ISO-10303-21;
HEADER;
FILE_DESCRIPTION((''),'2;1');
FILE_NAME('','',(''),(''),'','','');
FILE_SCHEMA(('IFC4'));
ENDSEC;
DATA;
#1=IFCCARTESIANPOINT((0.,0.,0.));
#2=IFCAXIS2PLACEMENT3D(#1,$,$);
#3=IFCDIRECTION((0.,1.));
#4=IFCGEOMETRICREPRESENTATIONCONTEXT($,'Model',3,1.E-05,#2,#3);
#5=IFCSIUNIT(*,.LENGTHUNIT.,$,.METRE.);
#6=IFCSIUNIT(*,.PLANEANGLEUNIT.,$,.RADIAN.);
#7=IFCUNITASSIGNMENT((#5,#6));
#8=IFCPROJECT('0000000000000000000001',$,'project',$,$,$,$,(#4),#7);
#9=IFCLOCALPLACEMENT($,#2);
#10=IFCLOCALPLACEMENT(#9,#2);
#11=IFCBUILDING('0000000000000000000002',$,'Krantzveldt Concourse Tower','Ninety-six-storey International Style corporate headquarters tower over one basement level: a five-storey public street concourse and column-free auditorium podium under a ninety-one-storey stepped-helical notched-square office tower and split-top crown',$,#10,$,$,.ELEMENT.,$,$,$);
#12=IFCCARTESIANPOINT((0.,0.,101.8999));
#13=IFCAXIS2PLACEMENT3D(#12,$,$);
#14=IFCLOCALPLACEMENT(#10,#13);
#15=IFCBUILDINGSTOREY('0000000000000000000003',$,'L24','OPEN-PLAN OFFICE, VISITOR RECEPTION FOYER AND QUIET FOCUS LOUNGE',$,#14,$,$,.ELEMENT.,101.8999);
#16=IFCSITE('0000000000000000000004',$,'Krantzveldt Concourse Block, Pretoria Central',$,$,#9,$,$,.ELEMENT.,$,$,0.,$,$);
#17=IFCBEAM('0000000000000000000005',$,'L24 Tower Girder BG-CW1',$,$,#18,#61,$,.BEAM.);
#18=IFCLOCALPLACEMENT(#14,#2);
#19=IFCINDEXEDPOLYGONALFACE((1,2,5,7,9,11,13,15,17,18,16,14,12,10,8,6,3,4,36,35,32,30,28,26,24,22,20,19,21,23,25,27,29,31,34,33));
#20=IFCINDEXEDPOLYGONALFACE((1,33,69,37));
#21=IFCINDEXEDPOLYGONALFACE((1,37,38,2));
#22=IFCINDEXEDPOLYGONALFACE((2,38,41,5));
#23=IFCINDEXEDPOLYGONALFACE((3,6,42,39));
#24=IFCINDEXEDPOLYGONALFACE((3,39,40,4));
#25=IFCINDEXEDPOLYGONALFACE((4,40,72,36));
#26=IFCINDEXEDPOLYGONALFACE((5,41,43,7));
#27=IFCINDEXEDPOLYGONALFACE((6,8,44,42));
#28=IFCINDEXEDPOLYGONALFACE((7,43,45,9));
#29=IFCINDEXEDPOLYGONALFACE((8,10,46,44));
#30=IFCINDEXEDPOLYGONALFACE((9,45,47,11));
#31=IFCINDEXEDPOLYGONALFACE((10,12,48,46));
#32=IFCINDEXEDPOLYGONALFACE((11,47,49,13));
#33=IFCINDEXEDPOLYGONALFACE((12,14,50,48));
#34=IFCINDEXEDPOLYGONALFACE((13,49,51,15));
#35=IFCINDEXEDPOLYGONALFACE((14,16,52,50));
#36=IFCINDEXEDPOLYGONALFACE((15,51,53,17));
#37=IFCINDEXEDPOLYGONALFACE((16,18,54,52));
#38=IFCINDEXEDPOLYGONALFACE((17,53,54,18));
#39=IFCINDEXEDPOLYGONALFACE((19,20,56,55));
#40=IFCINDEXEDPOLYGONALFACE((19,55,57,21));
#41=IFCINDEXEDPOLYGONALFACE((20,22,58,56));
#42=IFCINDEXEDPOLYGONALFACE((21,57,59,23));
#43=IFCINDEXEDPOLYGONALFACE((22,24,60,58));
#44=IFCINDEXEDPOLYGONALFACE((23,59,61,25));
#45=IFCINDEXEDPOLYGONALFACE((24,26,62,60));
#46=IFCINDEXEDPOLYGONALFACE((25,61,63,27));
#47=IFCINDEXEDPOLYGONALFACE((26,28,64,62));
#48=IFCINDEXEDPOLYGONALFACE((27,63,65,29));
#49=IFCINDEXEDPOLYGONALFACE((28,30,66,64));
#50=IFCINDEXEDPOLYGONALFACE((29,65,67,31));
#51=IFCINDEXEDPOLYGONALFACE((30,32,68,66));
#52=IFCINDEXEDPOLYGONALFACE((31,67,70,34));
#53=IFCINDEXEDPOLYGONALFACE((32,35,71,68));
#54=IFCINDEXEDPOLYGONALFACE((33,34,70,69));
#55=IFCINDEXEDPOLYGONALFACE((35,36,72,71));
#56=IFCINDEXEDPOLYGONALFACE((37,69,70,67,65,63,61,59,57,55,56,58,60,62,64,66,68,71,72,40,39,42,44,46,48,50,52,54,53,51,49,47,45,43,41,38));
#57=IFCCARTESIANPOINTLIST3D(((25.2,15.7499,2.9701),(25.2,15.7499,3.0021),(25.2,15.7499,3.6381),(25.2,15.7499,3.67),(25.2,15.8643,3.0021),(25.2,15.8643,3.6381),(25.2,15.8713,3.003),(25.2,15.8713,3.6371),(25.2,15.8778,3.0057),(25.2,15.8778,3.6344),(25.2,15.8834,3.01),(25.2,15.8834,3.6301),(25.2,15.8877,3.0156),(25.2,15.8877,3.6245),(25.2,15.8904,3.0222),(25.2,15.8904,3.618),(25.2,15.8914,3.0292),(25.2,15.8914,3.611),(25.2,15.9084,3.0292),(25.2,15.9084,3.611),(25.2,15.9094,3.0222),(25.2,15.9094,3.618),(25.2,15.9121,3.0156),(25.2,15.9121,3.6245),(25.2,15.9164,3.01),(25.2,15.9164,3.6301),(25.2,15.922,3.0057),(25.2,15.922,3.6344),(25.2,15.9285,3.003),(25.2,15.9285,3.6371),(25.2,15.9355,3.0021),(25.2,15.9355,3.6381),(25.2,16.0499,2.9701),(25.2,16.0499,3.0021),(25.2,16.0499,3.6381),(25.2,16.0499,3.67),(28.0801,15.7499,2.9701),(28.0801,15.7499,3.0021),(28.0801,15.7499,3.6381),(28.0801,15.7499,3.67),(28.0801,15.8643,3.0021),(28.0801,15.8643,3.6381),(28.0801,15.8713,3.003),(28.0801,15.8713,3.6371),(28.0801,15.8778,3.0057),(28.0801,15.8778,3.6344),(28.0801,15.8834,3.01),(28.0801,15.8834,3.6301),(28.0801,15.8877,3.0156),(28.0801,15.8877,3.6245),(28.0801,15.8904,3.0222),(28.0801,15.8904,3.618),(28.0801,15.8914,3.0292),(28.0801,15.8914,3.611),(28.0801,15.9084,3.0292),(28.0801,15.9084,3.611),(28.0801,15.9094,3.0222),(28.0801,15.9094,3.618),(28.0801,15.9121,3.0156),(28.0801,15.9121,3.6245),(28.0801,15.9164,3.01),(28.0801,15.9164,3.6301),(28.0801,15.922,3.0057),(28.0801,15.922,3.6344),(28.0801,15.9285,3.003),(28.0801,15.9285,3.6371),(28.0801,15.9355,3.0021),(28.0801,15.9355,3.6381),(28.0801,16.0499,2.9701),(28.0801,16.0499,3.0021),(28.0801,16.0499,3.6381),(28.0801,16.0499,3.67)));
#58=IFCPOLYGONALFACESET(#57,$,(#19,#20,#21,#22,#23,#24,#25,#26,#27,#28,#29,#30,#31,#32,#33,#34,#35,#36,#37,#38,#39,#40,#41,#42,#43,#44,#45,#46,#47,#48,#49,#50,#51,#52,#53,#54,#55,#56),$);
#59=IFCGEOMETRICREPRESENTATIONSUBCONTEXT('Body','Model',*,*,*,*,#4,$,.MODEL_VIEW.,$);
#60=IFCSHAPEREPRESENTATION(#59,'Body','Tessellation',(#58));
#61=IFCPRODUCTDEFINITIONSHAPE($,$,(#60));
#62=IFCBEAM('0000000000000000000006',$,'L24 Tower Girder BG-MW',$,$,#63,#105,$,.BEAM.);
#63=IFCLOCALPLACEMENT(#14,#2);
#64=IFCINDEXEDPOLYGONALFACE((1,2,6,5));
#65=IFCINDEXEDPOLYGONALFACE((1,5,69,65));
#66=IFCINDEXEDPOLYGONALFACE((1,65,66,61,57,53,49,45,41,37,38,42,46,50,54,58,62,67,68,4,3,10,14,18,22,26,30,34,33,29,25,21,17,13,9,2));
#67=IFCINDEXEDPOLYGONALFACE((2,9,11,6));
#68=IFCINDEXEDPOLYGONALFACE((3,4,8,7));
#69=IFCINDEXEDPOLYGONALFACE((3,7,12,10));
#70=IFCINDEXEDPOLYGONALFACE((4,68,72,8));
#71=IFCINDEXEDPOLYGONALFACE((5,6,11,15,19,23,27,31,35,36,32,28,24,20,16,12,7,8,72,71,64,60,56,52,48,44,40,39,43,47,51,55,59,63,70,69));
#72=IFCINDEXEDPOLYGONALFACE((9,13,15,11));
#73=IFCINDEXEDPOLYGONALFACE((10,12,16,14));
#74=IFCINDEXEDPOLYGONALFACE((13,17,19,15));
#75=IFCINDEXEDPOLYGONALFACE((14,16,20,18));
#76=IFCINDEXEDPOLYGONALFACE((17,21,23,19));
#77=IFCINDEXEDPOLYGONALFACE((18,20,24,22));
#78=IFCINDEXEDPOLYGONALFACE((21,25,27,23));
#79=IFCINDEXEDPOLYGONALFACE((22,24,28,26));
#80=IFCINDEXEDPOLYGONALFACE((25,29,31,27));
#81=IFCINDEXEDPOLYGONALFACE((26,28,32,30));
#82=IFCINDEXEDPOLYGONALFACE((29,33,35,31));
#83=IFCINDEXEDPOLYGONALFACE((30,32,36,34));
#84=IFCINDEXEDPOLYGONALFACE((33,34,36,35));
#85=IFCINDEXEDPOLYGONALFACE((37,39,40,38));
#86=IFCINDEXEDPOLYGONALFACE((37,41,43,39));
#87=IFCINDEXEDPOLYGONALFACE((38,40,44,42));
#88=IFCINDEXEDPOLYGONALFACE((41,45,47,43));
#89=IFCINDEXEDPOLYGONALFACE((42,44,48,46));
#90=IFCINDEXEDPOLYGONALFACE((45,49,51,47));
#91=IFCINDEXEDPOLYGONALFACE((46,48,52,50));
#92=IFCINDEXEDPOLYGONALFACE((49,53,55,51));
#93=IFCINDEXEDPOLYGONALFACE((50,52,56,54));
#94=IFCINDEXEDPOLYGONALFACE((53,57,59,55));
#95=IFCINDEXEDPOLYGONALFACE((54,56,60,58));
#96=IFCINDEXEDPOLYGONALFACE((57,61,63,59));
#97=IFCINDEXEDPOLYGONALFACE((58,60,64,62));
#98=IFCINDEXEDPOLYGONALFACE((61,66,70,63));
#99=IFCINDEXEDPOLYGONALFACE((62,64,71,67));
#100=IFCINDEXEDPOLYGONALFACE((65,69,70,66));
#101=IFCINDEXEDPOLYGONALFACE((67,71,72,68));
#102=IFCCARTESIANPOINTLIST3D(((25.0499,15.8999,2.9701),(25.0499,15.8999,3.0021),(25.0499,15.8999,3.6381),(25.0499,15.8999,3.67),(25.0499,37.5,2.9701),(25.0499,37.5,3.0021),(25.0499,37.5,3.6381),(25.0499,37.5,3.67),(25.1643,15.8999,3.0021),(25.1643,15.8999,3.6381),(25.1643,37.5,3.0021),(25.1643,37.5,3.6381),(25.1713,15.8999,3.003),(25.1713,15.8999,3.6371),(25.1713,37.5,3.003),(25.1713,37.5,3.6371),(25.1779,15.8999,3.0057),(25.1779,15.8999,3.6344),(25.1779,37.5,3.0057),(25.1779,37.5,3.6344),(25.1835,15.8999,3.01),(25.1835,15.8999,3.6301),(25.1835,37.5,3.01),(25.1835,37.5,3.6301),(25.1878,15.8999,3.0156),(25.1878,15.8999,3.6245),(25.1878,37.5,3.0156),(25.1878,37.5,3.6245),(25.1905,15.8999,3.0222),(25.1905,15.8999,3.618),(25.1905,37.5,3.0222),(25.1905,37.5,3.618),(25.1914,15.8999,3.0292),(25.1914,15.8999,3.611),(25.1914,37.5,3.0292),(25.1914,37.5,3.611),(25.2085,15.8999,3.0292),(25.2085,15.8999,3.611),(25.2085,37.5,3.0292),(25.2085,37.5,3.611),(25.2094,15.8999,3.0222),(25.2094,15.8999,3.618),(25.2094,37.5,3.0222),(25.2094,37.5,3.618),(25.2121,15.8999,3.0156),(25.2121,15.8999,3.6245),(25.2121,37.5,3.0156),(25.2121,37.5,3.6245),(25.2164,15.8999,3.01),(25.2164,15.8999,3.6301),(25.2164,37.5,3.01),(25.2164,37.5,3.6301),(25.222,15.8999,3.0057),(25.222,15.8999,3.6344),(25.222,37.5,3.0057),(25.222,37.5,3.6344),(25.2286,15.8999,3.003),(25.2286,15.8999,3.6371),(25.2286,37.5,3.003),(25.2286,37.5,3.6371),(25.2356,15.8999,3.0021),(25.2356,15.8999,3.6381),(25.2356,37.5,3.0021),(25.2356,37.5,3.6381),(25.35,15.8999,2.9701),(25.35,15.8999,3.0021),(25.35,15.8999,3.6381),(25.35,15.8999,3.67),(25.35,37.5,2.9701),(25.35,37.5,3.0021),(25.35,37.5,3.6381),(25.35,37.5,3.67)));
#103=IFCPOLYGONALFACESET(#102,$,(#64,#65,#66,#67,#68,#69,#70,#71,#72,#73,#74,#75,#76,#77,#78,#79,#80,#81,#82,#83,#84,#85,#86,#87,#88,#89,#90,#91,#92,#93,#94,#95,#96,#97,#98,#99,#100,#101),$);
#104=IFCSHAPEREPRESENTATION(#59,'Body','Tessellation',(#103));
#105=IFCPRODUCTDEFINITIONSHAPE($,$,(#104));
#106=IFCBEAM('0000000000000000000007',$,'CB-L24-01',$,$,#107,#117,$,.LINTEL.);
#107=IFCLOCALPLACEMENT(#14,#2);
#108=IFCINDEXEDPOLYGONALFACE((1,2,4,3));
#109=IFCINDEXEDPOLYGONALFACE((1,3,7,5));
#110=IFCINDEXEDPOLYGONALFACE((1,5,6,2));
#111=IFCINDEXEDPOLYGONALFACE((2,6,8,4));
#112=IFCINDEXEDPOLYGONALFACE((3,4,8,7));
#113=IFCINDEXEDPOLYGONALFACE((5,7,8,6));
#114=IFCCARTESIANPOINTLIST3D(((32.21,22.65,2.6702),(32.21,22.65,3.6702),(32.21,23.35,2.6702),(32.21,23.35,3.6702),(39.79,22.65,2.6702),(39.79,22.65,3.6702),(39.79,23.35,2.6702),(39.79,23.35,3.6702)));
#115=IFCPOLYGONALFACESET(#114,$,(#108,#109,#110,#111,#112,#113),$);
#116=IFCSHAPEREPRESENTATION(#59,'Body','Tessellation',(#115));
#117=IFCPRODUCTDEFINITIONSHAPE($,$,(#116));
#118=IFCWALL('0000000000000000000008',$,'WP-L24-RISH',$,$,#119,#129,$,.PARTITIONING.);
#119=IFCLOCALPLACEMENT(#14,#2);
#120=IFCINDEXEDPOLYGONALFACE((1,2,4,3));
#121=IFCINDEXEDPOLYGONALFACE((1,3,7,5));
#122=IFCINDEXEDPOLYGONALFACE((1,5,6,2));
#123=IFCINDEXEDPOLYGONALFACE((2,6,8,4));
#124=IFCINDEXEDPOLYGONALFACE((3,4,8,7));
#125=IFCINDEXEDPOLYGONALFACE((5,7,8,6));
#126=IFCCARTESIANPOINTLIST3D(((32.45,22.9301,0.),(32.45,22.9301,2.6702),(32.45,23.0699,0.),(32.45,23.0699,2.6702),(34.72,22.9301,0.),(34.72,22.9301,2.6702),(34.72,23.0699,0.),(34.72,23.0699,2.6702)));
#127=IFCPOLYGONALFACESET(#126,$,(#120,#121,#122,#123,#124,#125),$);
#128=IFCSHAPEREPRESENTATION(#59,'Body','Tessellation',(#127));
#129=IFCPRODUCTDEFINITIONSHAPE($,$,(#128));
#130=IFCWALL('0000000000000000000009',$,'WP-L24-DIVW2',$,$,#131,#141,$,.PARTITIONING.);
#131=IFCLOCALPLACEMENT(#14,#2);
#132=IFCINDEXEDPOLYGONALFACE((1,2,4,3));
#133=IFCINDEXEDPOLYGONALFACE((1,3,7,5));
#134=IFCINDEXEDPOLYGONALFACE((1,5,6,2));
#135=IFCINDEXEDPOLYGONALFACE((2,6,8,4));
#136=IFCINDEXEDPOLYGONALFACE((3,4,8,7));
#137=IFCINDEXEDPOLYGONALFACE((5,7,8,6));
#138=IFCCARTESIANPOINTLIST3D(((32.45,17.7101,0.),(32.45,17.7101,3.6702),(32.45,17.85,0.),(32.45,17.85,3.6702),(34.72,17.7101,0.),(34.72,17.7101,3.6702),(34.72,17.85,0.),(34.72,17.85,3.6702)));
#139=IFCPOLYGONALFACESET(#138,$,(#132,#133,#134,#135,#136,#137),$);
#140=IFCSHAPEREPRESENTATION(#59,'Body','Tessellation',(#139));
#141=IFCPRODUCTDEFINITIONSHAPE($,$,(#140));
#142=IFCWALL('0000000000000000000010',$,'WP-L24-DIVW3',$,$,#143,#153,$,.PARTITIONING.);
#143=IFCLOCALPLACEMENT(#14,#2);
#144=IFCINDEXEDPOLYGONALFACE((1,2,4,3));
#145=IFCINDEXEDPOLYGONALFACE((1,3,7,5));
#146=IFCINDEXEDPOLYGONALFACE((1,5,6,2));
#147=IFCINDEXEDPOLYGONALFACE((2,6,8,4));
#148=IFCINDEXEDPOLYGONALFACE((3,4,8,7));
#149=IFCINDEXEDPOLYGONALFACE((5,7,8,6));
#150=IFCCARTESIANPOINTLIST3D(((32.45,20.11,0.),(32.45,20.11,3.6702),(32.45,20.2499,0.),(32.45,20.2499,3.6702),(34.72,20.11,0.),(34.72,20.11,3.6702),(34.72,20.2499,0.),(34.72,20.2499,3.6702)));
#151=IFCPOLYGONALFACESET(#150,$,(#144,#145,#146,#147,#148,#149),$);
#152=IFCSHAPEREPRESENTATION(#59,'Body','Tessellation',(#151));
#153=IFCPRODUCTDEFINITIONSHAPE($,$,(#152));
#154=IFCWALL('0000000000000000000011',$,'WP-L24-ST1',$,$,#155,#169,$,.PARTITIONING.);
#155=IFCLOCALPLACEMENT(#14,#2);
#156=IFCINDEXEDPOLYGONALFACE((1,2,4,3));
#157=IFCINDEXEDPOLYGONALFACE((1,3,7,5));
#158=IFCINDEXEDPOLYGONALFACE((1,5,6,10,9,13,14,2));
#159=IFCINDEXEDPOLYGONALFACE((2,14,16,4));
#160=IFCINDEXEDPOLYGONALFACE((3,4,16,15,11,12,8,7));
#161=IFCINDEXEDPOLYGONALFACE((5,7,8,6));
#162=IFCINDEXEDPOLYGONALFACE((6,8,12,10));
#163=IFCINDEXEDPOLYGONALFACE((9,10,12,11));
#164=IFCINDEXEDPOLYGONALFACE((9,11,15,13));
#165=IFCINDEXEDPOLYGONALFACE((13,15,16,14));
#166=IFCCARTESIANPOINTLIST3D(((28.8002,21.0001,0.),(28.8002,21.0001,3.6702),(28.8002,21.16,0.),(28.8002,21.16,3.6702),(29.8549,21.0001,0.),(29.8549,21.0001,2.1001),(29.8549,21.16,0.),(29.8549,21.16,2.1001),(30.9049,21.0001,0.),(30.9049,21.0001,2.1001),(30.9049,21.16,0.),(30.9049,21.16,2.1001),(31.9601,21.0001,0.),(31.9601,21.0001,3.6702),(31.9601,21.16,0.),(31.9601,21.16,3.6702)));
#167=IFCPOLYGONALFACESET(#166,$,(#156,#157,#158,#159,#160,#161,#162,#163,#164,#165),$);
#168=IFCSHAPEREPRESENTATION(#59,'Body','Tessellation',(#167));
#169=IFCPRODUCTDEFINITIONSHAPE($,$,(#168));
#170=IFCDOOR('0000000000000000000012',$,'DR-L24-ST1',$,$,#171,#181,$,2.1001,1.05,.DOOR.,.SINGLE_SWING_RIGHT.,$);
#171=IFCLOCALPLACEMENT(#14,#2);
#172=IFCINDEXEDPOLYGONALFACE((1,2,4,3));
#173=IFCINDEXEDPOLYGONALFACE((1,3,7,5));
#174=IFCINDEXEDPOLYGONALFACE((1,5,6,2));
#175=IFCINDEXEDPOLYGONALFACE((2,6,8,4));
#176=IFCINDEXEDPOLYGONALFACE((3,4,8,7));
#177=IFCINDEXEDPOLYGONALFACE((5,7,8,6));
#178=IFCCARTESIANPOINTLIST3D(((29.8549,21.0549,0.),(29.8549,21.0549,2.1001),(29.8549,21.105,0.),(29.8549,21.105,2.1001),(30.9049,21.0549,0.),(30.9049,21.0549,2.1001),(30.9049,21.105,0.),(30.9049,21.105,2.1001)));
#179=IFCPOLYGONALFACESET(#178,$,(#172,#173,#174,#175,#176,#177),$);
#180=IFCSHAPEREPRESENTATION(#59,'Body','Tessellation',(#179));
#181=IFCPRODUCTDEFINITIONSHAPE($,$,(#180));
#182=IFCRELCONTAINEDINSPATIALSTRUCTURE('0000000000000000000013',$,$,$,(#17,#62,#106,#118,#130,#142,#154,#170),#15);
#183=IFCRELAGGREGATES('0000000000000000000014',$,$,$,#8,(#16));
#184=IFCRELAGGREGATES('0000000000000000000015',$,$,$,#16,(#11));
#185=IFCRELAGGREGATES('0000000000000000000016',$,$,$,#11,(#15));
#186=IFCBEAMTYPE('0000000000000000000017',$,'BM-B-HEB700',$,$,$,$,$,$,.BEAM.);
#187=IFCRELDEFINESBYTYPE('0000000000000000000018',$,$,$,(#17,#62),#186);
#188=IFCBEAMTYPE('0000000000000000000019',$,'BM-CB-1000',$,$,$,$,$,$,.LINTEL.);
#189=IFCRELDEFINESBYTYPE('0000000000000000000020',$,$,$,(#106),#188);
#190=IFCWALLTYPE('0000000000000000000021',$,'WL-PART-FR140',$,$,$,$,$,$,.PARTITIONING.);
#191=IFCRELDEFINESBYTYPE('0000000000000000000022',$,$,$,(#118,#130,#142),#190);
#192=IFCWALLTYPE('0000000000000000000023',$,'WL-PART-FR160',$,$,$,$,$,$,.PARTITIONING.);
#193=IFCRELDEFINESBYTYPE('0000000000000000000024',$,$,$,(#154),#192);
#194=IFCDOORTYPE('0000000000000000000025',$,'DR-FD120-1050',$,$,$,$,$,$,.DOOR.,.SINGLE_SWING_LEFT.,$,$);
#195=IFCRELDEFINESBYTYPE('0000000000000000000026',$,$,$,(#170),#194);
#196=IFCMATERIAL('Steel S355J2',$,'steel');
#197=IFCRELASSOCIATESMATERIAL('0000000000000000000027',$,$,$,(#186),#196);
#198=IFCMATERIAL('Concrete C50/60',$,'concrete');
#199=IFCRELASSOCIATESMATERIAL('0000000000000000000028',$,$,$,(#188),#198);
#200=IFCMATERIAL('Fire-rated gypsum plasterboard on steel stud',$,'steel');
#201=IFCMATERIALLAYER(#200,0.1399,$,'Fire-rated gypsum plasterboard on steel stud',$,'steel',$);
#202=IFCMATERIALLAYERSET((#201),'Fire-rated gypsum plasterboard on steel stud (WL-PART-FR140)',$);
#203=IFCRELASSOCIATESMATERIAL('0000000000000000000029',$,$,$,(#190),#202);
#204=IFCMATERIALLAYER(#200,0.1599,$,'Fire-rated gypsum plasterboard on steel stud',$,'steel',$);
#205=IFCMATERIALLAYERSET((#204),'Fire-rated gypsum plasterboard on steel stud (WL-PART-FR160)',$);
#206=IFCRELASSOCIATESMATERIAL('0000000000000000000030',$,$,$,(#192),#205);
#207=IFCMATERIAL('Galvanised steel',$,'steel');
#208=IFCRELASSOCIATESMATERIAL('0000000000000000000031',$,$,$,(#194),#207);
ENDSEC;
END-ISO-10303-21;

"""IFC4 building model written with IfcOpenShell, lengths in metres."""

from ifc_helpers import new_model, si_unit, direction, frame, frame_2d, origin, origin_2d, place, context, subcontext, project, spatial, rectangle, i_section, extrude, source, transform, mapped, material, layer, layer_set, material_profile, profile_set, type_object, type_shapes, element, fill, save


model = new_model("IFC4")

# Units and contexts
model_context = context("Model", 3, precision=1e-05, world=origin(), true_north=direction((0.0, 1.0)))
body_context = subcontext(model_context, "Body", "Model", "MODEL_VIEW")
ifc_project = project(units=[si_unit("LENGTHUNIT", "METRE"), si_unit("PLANEANGLEUNIT", "RADIAN")], contexts=[model_context])

# Site, building, storey
site_placement = place(None, origin())
site = spatial("IfcSite", under=ifc_project, at=site_placement, Name="Krantzveldt Concourse Block, Pretoria Central", CompositionType="ELEMENT", RefElevation=0.0)
building_placement = place(site_placement, origin())
building = spatial("IfcBuilding", under=site, at=building_placement, Name="Krantzveldt Concourse Tower", Description="Ninety-six-storey International Style corporate headquarters tower over one basement level: a five-storey public street concourse and column-free auditorium podium under a ninety-one-storey stepped-helical notched-square office tower and split-top crown", CompositionType="ELEMENT")
storey_placement = place(building_placement, frame((0.0, 0.0, 101.8999)))
storey = spatial("IfcBuildingStorey", under=building, at=storey_placement, Name="L24", Description="OPEN-PLAN OFFICE, VISITOR RECEPTION FOYER AND QUIET FOCUS LOUNGE", CompositionType="ELEMENT", Elevation=101.8999)

# Beams
ifc_material_1 = material(Name="Steel S355J2", Category="steel")
ifc_material_profile_1 = material_profile(ifc_material_1, i_section(OverallWidth=0.3, OverallDepth=0.7, WebThickness=0.0171, FlangeThickness=0.032, FilletRadius=0.0271, at=origin_2d()), Name="Steel S355J2", Category="steel")
ifc_profile_set_1 = profile_set([ifc_material_profile_1], Name="Steel S355J2 - HEB 700")
beam_type_1 = type_object("IfcBeamType", Name="BM-B-HEB700", PredefinedType="BEAM", material=ifc_profile_set_1)
shared_shape_1 = source(origin(), body_context, "Body", "SweptSolid", [
    extrude(i_section(OverallWidth=0.3, OverallDepth=0.7, WebThickness=0.0171, FlangeThickness=0.032, FilletRadius=0.0271, at=origin_2d()), origin(), (0.0, 0.0, 1.0), 2.8801),
])
beam_1_placement = place(storey_placement, frame((25.2, 15.8999, 3.3201), z_axis=(1.0, 0.0, 0.0), x_axis=(0.0, 1.0, 0.0)))
element("IfcBeam", 1, at=beam_1_placement, inside=storey, type_object=beam_type_1, Name="L24 Tower Girder BG-CW1", PredefinedType="BEAM", context=body_context, shape_type="MappedRepresentation", body=[
    mapped(shared_shape_1, transform((0.0, 0.0, 0.0), x_axis=(1.0, 0.0, 0.0), y_axis=(0.0, 1.0, 0.0), z_axis=(0.0, 0.0, 1.0), scale=1.0)),
])
shared_shape_2 = source(origin(), body_context, "Body", "SweptSolid", [
    extrude(i_section(OverallWidth=0.3, OverallDepth=0.7, WebThickness=0.0171, FlangeThickness=0.032, FilletRadius=0.0271, at=origin_2d()), origin(), (0.0, 0.0, 1.0), 21.6001),
])
type_shapes(beam_type_1, [shared_shape_1, shared_shape_2])
beam_2_placement = place(storey_placement, frame((25.2, 15.8999, 3.3201), z_axis=(0.0, 1.0, 0.0), x_axis=(-1.0, 0.0, 0.0)))
element("IfcBeam", 2, at=beam_2_placement, inside=storey, type_object=beam_type_1, Name="L24 Tower Girder BG-MW", PredefinedType="BEAM", context=body_context, shape_type="MappedRepresentation", body=[
    mapped(shared_shape_2, transform((0.0, 0.0, 0.0), x_axis=(1.0, 0.0, 0.0), y_axis=(0.0, 1.0, 0.0), z_axis=(0.0, 0.0, 1.0), scale=1.0)),
])
ifc_material_2 = material(Name="Concrete C50/60", Category="concrete")
ifc_material_profile_2 = material_profile(ifc_material_2, rectangle(XDim=0.7, YDim=1.0, at=origin_2d()), Name="Concrete C50/60", Category="concrete")
ifc_profile_set_2 = profile_set([ifc_material_profile_2], Name="Concrete C50/60 - RC-CB 700x1000")
beam_type_2 = type_object("IfcBeamType", Name="BM-CB-1000", PredefinedType="LINTEL", material=ifc_profile_set_2)
shared_shape_3 = source(origin(), body_context, "Body", "SweptSolid", [
    extrude(rectangle(XDim=0.7, YDim=1.0, at=origin_2d()), origin(), (0.0, 0.0, 1.0), 7.5801),
])
type_shapes(beam_type_2, [shared_shape_3])
beam_3_placement = place(storey_placement, frame((32.21, 23.0, 3.1702), z_axis=(1.0, 0.0, 0.0), x_axis=(0.0, 1.0, 0.0)))
element("IfcBeam", 3, at=beam_3_placement, inside=storey, type_object=beam_type_2, Name="CB-L24-01", PredefinedType="LINTEL", context=body_context, shape_type="MappedRepresentation", body=[
    mapped(shared_shape_3, transform((0.0, 0.0, 0.0), x_axis=(1.0, 0.0, 0.0), y_axis=(0.0, 1.0, 0.0), z_axis=(0.0, 0.0, 1.0), scale=1.0)),
])

# Walls
ifc_material_3 = material(Name="Fire-rated gypsum plasterboard on steel stud", Category="steel")
ifc_layer_1 = layer(ifc_material_3, 0.1399, Name="Fire-rated gypsum plasterboard on steel stud", Category="steel")
ifc_layer_set_1 = layer_set([ifc_layer_1], Name="Fire-rated gypsum plasterboard on steel stud (WL-PART-FR140)")
wall_type_1 = type_object("IfcWallType", Name="WL-PART-FR140", PredefinedType="PARTITIONING", material=ifc_layer_set_1)
wall_1_placement = place(storey_placement, frame((32.45, 23.0, 0.0), z_axis=(0.0, 0.0, 1.0), x_axis=(1.0, 0.0, 0.0)))
element("IfcWall", 4, at=wall_1_placement, inside=storey, type_object=wall_type_1, Name="WP-L24-RISH", PredefinedType="PARTITIONING", context=body_context, shape_type="SweptSolid", body=[
    extrude(rectangle(XDim=2.27, YDim=0.1399, at=frame_2d((1.135, 0.0))), origin(), (0.0, 0.0, 1.0), 2.6702),
])
for number, where, z_axis, x_axis, name in (
    (5, (32.45, 17.78, 0.0), (0.0, 0.0, 1.0), (1.0, 0.0, 0.0), "WP-L24-DIVW2"),
    (6, (32.45, 20.1799, 0.0), (0.0, 0.0, 1.0), (1.0, 0.0, 0.0), "WP-L24-DIVW3"),
):
    element("IfcWall", number, at=place(storey_placement, frame(where, z_axis=z_axis, x_axis=x_axis)), inside=storey, type_object=wall_type_1, Name=name, PredefinedType="PARTITIONING", context=body_context, shape_type="SweptSolid", body=[
        extrude(rectangle(XDim=2.27, YDim=0.1399, at=frame_2d((1.135, 0.0))), origin(), (0.0, 0.0, 1.0), 3.6702),
    ])

# Wall, opening, door
ifc_layer_2 = layer(ifc_material_3, 0.1599, Name="Fire-rated gypsum plasterboard on steel stud", Category="steel")
ifc_layer_set_2 = layer_set([ifc_layer_2], Name="Fire-rated gypsum plasterboard on steel stud (WL-PART-FR160)")
wall_type_2 = type_object("IfcWallType", Name="WL-PART-FR160", PredefinedType="PARTITIONING", material=ifc_layer_set_2)
wall_2_placement = place(storey_placement, frame((28.8, 21.0801, 0.0), z_axis=(0.0, 0.0, 1.0), x_axis=(1.0, 0.0, 0.0)))
wall_2 = element("IfcWall", 7, at=wall_2_placement, inside=storey, type_object=wall_type_2, Name="WP-L24-ST1", PredefinedType="PARTITIONING", context=body_context, shape_type="SweptSolid", body=[
    extrude(rectangle(XDim=3.1599, YDim=0.1599, at=frame_2d((1.5801, 0.0))), origin(), (0.0, 0.0, 1.0), 3.6702),
])
opening_placement = place(wall_2_placement, frame((1.0549, 0.0, 0.0)))
opening = element("IfcOpeningElement", 8, at=opening_placement, cuts=wall_2, PredefinedType="OPENING", context=body_context, shape_type="SweptSolid", body=[
    extrude(rectangle(XDim=1.05, YDim=2.1001, at=frame_2d((0.5249, 1.05))), frame((0.0, 0.0898, 0.0), z_axis=(0.0, -1.0, 0.0), x_axis=(1.0, 0.0, 0.0)), (0.0, 0.0, 1.0), 0.1799),
])
ifc_material_4 = material(Name="Galvanised steel", Category="steel")
door_type = type_object("IfcDoorType", Name="DR-FD120-1050", OperationType="SINGLE_SWING_LEFT", PredefinedType="DOOR", material=ifc_material_4)
door_placement = place(opening_placement, origin())
door = element("IfcDoor", 9, at=door_placement, inside=storey, type_object=door_type, Name="DR-L24-ST1", OperationType="SINGLE_SWING_RIGHT", OverallHeight=2.1001, OverallWidth=1.05, PredefinedType="DOOR", context=body_context, shape_type="SweptSolid", body=[
    extrude(rectangle(XDim=1.05, YDim=2.1001, at=frame_2d((0.5249, 1.05))), frame((0.0, 0.0249, 0.0), z_axis=(0.0, -1.0, 0.0), x_axis=(1.0, 0.0, 0.0)), (0.0, 0.0, 1.0), 0.05),
])
fill(opening, door)

save(model, "model.ifc")
